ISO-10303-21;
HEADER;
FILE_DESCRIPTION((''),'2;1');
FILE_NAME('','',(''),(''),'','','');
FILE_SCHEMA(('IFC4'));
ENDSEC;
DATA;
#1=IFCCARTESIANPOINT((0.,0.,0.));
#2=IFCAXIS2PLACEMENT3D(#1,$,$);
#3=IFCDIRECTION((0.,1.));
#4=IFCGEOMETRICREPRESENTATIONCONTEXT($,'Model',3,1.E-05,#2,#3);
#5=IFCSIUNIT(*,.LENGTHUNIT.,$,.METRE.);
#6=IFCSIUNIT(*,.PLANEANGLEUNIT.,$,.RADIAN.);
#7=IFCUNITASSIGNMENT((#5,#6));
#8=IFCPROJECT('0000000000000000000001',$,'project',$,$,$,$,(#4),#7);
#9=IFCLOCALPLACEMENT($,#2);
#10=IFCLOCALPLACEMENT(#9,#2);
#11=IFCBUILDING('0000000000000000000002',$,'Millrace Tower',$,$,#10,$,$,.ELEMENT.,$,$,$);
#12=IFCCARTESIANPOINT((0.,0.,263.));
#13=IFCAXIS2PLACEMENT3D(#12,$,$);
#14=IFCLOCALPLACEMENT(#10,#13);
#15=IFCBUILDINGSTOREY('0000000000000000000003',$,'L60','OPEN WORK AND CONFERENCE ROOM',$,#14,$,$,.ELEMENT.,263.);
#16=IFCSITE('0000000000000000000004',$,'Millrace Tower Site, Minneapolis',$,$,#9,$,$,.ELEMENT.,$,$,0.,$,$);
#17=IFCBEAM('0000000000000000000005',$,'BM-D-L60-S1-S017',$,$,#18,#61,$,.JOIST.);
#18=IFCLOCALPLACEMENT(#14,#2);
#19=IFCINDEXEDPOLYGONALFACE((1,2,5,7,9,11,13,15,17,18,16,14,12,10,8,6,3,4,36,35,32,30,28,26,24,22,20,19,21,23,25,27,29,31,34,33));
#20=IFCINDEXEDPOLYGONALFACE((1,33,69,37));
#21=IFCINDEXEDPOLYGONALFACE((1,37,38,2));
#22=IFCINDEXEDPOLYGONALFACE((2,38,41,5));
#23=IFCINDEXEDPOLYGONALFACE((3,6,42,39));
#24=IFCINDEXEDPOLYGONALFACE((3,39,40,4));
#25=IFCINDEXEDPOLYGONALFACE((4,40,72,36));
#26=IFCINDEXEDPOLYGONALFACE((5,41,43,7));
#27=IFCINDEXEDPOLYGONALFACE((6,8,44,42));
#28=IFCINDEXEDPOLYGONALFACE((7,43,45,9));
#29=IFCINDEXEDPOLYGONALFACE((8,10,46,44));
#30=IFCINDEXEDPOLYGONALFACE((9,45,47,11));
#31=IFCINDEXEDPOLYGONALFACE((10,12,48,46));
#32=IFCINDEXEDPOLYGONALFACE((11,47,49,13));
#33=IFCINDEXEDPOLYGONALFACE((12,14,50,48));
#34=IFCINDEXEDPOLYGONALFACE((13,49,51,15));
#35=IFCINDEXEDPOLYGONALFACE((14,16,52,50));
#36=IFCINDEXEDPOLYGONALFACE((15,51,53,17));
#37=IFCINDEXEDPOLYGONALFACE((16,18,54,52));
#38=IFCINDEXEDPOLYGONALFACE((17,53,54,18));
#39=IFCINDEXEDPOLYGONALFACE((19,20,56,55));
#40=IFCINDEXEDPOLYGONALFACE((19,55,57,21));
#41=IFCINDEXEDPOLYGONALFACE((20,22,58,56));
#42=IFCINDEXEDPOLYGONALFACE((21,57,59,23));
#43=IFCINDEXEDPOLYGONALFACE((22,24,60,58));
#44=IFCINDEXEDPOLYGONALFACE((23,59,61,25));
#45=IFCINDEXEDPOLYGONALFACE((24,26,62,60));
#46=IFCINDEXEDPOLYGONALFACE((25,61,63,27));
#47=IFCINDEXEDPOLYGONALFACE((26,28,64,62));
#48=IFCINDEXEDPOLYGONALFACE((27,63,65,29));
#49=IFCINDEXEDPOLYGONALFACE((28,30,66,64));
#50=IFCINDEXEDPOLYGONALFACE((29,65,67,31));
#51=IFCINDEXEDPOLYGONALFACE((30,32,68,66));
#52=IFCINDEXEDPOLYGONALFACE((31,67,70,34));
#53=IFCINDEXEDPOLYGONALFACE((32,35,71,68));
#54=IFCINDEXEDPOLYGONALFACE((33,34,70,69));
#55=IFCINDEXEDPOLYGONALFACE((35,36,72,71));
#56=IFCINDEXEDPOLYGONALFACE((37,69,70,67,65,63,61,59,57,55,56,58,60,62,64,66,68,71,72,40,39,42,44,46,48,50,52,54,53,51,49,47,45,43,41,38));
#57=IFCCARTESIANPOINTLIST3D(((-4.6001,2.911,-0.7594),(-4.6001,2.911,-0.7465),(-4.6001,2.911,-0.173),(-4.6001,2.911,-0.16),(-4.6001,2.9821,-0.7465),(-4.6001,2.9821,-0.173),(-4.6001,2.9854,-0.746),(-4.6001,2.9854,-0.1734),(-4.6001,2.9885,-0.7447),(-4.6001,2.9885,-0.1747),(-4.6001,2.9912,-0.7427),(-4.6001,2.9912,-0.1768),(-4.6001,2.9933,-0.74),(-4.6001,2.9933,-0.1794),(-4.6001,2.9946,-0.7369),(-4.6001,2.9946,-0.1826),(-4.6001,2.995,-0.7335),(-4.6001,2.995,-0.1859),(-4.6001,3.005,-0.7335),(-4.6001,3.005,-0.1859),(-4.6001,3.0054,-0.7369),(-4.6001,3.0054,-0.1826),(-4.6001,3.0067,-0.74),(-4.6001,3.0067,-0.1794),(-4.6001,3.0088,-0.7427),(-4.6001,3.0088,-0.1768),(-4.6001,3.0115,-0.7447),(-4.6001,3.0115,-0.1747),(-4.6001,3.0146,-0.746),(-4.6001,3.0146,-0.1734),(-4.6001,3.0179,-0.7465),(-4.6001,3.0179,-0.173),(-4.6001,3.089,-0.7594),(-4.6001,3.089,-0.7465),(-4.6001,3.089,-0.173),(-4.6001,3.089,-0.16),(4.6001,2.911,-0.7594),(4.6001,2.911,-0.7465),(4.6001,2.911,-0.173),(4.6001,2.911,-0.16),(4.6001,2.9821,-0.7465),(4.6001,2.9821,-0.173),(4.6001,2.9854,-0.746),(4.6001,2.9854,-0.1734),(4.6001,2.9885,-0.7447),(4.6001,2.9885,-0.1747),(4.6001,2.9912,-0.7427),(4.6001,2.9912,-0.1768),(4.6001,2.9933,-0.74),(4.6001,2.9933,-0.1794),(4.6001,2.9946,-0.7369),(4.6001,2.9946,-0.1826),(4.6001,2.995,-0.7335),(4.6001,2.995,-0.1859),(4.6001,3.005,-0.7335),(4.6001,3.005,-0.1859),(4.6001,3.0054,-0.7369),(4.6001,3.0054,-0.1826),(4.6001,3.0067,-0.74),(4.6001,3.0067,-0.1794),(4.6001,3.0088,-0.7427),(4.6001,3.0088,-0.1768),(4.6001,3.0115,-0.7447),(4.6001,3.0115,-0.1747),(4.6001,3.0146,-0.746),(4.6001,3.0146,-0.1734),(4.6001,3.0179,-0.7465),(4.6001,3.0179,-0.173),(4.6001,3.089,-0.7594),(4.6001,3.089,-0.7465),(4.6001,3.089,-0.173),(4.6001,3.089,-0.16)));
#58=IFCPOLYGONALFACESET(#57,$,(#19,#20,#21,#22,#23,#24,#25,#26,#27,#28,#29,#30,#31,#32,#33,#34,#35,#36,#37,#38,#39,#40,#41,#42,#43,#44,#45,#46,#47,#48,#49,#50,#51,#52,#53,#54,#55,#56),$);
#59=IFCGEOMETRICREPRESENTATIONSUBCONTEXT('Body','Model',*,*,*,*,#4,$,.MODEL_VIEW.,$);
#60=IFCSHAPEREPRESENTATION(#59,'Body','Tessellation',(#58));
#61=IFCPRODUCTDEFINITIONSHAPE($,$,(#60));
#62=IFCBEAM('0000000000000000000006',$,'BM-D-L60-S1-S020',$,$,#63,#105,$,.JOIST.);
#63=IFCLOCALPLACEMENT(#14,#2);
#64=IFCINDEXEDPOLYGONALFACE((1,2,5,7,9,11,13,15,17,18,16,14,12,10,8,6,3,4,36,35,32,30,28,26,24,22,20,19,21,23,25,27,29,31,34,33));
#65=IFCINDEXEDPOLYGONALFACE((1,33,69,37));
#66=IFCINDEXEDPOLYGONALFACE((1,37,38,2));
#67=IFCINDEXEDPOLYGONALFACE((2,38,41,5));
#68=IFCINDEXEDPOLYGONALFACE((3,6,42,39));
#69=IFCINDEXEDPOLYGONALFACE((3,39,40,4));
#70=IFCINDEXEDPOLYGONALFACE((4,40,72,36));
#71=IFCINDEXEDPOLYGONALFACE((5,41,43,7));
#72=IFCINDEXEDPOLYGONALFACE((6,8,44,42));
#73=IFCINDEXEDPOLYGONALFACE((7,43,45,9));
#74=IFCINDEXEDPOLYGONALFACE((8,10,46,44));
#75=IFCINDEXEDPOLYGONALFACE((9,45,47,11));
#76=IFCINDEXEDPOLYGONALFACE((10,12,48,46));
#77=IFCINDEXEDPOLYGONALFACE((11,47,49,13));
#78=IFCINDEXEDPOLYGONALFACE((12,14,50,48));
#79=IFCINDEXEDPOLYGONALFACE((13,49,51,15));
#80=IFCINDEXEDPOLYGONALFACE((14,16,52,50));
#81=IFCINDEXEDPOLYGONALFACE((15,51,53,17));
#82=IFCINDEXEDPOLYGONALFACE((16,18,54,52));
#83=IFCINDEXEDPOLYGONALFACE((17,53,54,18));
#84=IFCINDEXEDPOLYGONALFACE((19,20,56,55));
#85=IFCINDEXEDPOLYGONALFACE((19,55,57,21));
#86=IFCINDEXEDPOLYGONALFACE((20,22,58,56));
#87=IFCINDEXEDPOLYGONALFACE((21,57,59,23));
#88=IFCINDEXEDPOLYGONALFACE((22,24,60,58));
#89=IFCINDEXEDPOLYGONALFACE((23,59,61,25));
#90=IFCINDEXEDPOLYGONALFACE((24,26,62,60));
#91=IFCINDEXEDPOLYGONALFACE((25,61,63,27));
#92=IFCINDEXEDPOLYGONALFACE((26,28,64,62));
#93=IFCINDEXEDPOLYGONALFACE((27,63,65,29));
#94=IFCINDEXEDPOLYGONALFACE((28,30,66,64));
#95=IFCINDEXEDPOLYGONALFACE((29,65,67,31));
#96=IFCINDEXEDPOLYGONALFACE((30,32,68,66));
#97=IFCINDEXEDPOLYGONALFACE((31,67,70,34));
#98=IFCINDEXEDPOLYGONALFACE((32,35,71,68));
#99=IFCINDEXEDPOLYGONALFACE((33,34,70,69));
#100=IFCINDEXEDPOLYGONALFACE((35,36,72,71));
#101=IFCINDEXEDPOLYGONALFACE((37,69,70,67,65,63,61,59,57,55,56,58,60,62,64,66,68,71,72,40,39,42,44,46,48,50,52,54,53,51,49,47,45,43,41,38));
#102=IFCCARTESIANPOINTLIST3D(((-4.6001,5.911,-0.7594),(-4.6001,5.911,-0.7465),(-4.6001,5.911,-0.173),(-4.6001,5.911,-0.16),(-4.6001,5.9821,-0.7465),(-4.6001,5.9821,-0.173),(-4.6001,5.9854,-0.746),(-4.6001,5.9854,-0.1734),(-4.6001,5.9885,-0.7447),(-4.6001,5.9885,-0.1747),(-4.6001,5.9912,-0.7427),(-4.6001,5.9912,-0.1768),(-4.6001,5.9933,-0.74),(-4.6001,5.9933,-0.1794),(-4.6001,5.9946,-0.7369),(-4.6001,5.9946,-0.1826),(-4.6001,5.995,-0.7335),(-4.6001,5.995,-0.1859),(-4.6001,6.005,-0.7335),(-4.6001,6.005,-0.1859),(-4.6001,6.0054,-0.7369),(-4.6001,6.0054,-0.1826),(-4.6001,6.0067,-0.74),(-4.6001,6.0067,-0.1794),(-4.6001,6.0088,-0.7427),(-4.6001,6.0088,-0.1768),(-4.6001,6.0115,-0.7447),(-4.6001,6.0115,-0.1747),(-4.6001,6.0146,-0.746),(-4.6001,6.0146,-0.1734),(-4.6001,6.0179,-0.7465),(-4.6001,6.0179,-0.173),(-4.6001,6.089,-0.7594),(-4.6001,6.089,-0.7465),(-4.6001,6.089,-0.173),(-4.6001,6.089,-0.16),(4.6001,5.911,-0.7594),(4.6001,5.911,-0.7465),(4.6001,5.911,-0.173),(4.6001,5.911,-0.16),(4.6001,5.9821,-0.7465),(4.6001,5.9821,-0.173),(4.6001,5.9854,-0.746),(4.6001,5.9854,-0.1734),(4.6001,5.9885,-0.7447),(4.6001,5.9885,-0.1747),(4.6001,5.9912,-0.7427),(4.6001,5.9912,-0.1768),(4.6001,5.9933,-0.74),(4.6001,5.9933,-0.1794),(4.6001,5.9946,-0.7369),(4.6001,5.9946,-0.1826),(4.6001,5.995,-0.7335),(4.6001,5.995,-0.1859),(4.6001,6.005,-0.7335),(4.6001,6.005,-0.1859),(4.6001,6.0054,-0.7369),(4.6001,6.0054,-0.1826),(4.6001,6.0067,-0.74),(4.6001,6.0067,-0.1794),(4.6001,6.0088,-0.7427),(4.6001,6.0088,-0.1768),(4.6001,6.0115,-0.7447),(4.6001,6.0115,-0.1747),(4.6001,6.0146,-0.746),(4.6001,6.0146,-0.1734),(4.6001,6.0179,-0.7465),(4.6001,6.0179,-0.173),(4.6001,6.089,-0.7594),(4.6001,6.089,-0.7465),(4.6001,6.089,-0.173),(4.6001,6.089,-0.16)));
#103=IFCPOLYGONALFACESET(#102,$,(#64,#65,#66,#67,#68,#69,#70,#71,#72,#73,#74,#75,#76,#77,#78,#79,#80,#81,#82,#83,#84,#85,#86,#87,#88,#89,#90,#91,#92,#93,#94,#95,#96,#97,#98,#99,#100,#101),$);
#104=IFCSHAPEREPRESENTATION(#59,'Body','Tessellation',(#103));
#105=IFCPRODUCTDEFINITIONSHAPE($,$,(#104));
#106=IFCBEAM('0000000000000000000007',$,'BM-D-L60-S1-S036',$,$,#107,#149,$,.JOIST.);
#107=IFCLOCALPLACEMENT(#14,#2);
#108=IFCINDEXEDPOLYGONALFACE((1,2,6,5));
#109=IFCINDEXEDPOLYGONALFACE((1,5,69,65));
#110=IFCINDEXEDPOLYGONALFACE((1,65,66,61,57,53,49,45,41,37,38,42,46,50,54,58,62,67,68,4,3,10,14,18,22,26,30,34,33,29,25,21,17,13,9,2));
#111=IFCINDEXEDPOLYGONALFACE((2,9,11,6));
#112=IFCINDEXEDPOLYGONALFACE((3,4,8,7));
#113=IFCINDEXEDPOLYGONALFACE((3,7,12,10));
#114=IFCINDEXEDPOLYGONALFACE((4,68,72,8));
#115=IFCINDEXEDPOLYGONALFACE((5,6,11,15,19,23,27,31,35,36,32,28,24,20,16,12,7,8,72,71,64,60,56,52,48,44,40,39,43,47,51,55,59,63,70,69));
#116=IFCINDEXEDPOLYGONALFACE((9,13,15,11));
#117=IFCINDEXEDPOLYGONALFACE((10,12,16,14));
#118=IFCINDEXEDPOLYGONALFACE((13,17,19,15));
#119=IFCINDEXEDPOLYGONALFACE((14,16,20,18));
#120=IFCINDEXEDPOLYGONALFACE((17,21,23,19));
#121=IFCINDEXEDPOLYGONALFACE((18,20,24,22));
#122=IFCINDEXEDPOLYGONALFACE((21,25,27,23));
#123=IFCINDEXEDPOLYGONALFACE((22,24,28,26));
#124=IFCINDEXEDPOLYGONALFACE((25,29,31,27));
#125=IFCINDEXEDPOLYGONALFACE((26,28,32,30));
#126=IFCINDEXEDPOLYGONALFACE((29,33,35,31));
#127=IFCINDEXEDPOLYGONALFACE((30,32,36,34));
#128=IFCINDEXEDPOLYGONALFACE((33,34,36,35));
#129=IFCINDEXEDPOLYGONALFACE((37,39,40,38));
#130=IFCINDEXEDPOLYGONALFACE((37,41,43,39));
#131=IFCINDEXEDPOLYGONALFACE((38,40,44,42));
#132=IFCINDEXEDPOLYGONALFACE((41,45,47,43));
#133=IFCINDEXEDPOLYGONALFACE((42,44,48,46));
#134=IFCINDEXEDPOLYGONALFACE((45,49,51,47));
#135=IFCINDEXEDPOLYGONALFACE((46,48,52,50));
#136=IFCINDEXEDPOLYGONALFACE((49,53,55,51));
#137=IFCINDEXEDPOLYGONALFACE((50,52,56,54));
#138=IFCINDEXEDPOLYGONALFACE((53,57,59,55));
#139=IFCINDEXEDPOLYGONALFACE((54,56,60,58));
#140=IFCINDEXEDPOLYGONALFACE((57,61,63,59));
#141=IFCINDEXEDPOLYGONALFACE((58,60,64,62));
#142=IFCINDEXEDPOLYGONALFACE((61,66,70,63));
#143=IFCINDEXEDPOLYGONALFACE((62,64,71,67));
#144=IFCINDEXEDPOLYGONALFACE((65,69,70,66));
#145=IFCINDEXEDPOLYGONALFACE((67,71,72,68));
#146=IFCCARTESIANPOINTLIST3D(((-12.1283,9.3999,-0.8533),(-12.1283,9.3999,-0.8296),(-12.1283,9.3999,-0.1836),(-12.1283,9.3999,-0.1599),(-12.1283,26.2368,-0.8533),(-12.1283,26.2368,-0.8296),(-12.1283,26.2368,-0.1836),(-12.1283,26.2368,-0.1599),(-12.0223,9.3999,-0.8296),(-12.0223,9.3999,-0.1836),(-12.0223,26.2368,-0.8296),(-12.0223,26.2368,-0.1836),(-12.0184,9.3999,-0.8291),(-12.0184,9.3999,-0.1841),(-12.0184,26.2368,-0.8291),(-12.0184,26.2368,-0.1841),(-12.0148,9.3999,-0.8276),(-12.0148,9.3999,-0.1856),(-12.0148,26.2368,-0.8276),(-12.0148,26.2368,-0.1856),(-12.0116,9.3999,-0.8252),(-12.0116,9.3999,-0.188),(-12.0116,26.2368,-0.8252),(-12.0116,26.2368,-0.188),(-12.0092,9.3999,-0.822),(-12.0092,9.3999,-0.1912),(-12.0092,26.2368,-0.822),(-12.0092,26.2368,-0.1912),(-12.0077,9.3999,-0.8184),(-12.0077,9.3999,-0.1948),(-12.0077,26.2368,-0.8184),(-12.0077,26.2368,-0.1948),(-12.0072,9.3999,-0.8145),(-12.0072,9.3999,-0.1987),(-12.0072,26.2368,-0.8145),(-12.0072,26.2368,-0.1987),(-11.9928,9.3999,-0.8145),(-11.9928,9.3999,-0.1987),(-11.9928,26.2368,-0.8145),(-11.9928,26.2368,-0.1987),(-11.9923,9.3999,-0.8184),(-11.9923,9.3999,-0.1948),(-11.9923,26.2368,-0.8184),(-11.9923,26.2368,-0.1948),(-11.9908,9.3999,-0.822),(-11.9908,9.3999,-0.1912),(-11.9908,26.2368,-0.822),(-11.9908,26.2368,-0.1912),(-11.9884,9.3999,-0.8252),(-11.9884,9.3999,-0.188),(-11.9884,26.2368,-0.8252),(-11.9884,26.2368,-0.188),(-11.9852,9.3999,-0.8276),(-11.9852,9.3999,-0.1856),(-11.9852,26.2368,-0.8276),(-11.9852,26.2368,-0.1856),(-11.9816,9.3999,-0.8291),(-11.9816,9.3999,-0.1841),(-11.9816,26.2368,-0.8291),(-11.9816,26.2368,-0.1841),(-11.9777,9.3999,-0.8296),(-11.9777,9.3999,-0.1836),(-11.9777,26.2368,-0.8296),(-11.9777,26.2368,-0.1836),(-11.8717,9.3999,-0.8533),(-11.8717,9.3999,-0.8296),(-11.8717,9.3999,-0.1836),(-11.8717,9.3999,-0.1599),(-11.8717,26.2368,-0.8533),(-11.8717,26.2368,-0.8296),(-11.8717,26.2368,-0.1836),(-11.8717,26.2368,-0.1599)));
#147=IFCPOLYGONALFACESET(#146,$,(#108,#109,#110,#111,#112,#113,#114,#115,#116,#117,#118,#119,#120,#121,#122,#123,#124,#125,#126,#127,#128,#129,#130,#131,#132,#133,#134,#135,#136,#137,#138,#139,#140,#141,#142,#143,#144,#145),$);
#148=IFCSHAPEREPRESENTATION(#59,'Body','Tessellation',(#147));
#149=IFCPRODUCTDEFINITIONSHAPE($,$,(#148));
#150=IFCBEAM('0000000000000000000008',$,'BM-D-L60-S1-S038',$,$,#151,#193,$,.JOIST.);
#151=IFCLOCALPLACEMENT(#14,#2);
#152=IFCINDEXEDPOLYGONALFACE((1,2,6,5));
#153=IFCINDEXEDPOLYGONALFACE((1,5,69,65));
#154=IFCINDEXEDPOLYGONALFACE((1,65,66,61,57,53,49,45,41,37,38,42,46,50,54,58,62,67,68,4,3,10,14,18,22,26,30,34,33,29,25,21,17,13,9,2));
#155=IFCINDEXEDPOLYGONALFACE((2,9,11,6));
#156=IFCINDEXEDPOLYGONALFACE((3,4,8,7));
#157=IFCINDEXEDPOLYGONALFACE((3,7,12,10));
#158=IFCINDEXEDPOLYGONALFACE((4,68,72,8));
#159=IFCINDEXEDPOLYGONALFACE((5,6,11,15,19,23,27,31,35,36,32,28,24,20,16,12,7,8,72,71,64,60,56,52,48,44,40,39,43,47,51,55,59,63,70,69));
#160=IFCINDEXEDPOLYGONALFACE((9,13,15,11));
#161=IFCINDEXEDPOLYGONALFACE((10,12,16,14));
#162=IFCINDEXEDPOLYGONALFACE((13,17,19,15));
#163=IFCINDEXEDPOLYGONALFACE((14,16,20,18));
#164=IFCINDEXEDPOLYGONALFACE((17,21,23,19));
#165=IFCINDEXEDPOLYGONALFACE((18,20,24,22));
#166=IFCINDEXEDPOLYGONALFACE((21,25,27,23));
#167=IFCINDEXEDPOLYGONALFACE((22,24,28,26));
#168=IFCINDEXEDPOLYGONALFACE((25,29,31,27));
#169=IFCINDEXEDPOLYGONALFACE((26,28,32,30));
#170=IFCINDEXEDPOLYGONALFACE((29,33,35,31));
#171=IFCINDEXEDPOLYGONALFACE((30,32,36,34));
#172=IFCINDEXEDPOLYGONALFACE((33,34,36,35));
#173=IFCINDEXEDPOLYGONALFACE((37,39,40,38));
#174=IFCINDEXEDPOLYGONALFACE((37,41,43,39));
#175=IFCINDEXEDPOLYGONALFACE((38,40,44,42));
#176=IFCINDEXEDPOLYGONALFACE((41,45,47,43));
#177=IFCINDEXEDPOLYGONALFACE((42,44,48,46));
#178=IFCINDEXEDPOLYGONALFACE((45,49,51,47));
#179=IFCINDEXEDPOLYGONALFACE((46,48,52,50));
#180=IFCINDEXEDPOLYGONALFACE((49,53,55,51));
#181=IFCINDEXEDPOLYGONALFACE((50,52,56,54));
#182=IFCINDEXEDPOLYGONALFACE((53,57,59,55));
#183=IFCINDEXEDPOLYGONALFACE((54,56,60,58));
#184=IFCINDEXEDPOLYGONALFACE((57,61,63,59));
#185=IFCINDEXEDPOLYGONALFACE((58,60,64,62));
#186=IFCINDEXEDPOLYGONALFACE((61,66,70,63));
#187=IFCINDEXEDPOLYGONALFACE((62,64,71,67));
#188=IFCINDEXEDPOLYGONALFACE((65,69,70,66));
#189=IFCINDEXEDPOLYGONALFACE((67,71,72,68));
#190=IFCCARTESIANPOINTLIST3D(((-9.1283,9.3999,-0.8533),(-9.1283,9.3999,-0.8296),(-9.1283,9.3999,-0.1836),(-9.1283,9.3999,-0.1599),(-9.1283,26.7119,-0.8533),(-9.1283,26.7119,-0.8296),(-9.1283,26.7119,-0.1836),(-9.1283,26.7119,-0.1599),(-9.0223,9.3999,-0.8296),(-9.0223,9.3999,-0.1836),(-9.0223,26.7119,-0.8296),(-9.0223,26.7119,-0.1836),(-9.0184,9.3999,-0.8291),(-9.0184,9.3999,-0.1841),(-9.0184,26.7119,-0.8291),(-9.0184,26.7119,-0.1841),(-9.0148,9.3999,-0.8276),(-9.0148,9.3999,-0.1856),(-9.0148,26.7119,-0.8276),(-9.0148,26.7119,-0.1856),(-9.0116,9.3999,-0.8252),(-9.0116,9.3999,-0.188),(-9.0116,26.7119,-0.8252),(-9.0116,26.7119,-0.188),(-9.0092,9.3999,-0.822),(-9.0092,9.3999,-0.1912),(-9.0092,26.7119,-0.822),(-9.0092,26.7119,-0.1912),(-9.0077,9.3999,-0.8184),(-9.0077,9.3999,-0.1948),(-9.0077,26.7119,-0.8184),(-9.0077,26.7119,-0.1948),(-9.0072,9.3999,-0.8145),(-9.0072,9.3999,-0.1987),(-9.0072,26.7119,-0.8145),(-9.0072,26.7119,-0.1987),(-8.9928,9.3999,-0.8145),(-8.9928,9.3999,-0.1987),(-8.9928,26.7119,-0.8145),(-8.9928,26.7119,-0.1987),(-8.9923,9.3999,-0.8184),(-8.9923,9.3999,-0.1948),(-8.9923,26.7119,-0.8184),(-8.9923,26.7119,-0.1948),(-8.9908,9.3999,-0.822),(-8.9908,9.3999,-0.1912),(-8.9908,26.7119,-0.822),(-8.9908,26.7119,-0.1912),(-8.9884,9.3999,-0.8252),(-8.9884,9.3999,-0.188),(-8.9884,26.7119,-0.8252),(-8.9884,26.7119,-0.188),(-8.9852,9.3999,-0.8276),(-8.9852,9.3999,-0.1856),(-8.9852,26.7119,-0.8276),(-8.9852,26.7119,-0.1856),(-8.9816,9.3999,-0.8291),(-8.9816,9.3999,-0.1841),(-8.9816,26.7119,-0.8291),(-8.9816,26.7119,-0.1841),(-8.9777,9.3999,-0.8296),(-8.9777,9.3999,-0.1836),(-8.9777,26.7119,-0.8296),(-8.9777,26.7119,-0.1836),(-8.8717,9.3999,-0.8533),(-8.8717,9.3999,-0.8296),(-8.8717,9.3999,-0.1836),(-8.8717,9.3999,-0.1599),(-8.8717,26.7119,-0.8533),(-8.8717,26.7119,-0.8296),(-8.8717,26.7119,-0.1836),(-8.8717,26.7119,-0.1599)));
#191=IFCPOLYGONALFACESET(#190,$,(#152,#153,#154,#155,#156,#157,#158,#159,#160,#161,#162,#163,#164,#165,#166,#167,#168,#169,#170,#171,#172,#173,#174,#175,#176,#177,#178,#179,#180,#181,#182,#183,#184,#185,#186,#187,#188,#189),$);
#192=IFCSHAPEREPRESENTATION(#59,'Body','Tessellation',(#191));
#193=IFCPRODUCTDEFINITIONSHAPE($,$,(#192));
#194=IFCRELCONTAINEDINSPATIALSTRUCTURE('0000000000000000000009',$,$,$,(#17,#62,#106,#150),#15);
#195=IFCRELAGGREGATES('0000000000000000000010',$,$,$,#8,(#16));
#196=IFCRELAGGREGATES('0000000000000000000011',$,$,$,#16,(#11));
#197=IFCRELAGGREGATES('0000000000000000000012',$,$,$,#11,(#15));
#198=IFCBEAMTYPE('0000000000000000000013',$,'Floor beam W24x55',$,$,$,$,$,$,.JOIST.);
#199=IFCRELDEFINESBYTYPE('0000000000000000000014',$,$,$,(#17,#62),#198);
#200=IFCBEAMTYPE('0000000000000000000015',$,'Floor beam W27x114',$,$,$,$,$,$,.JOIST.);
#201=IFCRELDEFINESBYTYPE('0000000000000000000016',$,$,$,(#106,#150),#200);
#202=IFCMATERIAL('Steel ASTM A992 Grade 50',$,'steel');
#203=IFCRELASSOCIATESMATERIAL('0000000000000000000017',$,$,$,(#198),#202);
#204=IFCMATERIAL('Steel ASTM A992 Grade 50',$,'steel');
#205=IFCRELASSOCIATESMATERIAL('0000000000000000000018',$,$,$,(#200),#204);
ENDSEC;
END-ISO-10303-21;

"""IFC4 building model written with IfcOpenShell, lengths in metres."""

from ifc_helpers import new_model, si_unit, direction, frame, origin, origin_2d, place, context, subcontext, project, spatial, i_section, extrude, material, material_profile, profile_set, type_object, element, save


model = new_model("IFC4")

# Units and contexts
model_context = context("Model", 3, precision=1e-05, world=origin(), true_north=direction((0.0, 1.0)))
body_context = subcontext(model_context, "Body", "Model", "MODEL_VIEW")
ifc_project = project(units=[si_unit("LENGTHUNIT", "METRE"), si_unit("PLANEANGLEUNIT", "RADIAN")], contexts=[model_context])

# Site, building, storey
site_placement = place(None, origin())
site = spatial("IfcSite", under=ifc_project, at=site_placement, Name="Millrace Tower Site, Minneapolis", CompositionType="ELEMENT", RefElevation=0.0)
building_placement = place(site_placement, origin())
building = spatial("IfcBuilding", under=site, at=building_placement, Name="Millrace Tower", CompositionType="ELEMENT")
storey_placement = place(building_placement, frame((0.0, 0.0, 263.0)))
storey = spatial("IfcBuildingStorey", under=building, at=storey_placement, Name="L60", Description="OPEN WORK AND CONFERENCE ROOM", CompositionType="ELEMENT", Elevation=263.0)

# Beams
ifc_material_1 = material(Name="Steel ASTM A992 Grade 50", Category="steel")
ifc_material_profile_1 = material_profile(ifc_material_1, i_section(OverallWidth=0.178, OverallDepth=0.5994, WebThickness=0.01, FlangeThickness=0.0129, FilletRadius=0.0129, at=origin_2d()))
ifc_profile_set_1 = profile_set([ifc_material_profile_1], Name="Steel ASTM A992 Grade 50")
beam_type_1 = type_object("IfcBeamType", Name="Floor beam W24x55", PredefinedType="JOIST", material=ifc_profile_set_1)
for number, where, z_axis, x_axis, name in (
    (1, (-4.6001, 3.0, -0.4597), (1.0, 0.0, 0.0), (0.0, 1.0, 0.0), "BM-D-L60-S1-S017"),
    (2, (-4.6001, 6.0, -0.4597), (1.0, 0.0, 0.0), (0.0, 1.0, 0.0), "BM-D-L60-S1-S020"),
):
    element("IfcBeam", number, at=place(storey_placement, frame(where, z_axis=z_axis, x_axis=x_axis)), inside=storey, type_object=beam_type_1, Name=name, PredefinedType="JOIST", context=body_context, shape_type="SweptSolid", body=[
        extrude(i_section(OverallWidth=0.178, OverallDepth=0.5994, WebThickness=0.01, FlangeThickness=0.0129, FilletRadius=0.0129, at=origin_2d()), origin(), (0.0, 0.0, 1.0), 9.2002),
    ])
ifc_material_2 = material(Name="Steel ASTM A992 Grade 50", Category="steel")
ifc_material_profile_2 = material_profile(ifc_material_2, i_section(OverallWidth=0.2566, OverallDepth=0.6934, WebThickness=0.0144, FlangeThickness=0.0237, FilletRadius=0.0151, at=origin_2d()))
ifc_profile_set_2 = profile_set([ifc_material_profile_2], Name="Steel ASTM A992 Grade 50")
beam_type_2 = type_object("IfcBeamType", Name="Floor beam W27x114", PredefinedType="JOIST", material=ifc_profile_set_2)
beam_1_placement = place(storey_placement, frame((-12.0, 9.3999, -0.5066), z_axis=(0.0, 1.0, 0.0), x_axis=(-1.0, 0.0, 0.0)))
element("IfcBeam", 3, at=beam_1_placement, inside=storey, type_object=beam_type_2, Name="BM-D-L60-S1-S036", PredefinedType="JOIST", context=body_context, shape_type="SweptSolid", body=[
    extrude(i_section(OverallWidth=0.2566, OverallDepth=0.6934, WebThickness=0.0144, FlangeThickness=0.0237, FilletRadius=0.0151, at=origin_2d()), origin(), (0.0, 0.0, 1.0), 16.8369),
])
beam_2_placement = place(storey_placement, frame((-9.0, 9.3999, -0.5066), z_axis=(0.0, 1.0, 0.0), x_axis=(-1.0, 0.0, 0.0)))
element("IfcBeam", 4, at=beam_2_placement, inside=storey, type_object=beam_type_2, Name="BM-D-L60-S1-S038", PredefinedType="JOIST", context=body_context, shape_type="SweptSolid", body=[
    extrude(i_section(OverallWidth=0.2566, OverallDepth=0.6934, WebThickness=0.0144, FlangeThickness=0.0237, FilletRadius=0.0151, at=origin_2d()), origin(), (0.0, 0.0, 1.0), 17.312),
])

save(model, "model.ifc")
